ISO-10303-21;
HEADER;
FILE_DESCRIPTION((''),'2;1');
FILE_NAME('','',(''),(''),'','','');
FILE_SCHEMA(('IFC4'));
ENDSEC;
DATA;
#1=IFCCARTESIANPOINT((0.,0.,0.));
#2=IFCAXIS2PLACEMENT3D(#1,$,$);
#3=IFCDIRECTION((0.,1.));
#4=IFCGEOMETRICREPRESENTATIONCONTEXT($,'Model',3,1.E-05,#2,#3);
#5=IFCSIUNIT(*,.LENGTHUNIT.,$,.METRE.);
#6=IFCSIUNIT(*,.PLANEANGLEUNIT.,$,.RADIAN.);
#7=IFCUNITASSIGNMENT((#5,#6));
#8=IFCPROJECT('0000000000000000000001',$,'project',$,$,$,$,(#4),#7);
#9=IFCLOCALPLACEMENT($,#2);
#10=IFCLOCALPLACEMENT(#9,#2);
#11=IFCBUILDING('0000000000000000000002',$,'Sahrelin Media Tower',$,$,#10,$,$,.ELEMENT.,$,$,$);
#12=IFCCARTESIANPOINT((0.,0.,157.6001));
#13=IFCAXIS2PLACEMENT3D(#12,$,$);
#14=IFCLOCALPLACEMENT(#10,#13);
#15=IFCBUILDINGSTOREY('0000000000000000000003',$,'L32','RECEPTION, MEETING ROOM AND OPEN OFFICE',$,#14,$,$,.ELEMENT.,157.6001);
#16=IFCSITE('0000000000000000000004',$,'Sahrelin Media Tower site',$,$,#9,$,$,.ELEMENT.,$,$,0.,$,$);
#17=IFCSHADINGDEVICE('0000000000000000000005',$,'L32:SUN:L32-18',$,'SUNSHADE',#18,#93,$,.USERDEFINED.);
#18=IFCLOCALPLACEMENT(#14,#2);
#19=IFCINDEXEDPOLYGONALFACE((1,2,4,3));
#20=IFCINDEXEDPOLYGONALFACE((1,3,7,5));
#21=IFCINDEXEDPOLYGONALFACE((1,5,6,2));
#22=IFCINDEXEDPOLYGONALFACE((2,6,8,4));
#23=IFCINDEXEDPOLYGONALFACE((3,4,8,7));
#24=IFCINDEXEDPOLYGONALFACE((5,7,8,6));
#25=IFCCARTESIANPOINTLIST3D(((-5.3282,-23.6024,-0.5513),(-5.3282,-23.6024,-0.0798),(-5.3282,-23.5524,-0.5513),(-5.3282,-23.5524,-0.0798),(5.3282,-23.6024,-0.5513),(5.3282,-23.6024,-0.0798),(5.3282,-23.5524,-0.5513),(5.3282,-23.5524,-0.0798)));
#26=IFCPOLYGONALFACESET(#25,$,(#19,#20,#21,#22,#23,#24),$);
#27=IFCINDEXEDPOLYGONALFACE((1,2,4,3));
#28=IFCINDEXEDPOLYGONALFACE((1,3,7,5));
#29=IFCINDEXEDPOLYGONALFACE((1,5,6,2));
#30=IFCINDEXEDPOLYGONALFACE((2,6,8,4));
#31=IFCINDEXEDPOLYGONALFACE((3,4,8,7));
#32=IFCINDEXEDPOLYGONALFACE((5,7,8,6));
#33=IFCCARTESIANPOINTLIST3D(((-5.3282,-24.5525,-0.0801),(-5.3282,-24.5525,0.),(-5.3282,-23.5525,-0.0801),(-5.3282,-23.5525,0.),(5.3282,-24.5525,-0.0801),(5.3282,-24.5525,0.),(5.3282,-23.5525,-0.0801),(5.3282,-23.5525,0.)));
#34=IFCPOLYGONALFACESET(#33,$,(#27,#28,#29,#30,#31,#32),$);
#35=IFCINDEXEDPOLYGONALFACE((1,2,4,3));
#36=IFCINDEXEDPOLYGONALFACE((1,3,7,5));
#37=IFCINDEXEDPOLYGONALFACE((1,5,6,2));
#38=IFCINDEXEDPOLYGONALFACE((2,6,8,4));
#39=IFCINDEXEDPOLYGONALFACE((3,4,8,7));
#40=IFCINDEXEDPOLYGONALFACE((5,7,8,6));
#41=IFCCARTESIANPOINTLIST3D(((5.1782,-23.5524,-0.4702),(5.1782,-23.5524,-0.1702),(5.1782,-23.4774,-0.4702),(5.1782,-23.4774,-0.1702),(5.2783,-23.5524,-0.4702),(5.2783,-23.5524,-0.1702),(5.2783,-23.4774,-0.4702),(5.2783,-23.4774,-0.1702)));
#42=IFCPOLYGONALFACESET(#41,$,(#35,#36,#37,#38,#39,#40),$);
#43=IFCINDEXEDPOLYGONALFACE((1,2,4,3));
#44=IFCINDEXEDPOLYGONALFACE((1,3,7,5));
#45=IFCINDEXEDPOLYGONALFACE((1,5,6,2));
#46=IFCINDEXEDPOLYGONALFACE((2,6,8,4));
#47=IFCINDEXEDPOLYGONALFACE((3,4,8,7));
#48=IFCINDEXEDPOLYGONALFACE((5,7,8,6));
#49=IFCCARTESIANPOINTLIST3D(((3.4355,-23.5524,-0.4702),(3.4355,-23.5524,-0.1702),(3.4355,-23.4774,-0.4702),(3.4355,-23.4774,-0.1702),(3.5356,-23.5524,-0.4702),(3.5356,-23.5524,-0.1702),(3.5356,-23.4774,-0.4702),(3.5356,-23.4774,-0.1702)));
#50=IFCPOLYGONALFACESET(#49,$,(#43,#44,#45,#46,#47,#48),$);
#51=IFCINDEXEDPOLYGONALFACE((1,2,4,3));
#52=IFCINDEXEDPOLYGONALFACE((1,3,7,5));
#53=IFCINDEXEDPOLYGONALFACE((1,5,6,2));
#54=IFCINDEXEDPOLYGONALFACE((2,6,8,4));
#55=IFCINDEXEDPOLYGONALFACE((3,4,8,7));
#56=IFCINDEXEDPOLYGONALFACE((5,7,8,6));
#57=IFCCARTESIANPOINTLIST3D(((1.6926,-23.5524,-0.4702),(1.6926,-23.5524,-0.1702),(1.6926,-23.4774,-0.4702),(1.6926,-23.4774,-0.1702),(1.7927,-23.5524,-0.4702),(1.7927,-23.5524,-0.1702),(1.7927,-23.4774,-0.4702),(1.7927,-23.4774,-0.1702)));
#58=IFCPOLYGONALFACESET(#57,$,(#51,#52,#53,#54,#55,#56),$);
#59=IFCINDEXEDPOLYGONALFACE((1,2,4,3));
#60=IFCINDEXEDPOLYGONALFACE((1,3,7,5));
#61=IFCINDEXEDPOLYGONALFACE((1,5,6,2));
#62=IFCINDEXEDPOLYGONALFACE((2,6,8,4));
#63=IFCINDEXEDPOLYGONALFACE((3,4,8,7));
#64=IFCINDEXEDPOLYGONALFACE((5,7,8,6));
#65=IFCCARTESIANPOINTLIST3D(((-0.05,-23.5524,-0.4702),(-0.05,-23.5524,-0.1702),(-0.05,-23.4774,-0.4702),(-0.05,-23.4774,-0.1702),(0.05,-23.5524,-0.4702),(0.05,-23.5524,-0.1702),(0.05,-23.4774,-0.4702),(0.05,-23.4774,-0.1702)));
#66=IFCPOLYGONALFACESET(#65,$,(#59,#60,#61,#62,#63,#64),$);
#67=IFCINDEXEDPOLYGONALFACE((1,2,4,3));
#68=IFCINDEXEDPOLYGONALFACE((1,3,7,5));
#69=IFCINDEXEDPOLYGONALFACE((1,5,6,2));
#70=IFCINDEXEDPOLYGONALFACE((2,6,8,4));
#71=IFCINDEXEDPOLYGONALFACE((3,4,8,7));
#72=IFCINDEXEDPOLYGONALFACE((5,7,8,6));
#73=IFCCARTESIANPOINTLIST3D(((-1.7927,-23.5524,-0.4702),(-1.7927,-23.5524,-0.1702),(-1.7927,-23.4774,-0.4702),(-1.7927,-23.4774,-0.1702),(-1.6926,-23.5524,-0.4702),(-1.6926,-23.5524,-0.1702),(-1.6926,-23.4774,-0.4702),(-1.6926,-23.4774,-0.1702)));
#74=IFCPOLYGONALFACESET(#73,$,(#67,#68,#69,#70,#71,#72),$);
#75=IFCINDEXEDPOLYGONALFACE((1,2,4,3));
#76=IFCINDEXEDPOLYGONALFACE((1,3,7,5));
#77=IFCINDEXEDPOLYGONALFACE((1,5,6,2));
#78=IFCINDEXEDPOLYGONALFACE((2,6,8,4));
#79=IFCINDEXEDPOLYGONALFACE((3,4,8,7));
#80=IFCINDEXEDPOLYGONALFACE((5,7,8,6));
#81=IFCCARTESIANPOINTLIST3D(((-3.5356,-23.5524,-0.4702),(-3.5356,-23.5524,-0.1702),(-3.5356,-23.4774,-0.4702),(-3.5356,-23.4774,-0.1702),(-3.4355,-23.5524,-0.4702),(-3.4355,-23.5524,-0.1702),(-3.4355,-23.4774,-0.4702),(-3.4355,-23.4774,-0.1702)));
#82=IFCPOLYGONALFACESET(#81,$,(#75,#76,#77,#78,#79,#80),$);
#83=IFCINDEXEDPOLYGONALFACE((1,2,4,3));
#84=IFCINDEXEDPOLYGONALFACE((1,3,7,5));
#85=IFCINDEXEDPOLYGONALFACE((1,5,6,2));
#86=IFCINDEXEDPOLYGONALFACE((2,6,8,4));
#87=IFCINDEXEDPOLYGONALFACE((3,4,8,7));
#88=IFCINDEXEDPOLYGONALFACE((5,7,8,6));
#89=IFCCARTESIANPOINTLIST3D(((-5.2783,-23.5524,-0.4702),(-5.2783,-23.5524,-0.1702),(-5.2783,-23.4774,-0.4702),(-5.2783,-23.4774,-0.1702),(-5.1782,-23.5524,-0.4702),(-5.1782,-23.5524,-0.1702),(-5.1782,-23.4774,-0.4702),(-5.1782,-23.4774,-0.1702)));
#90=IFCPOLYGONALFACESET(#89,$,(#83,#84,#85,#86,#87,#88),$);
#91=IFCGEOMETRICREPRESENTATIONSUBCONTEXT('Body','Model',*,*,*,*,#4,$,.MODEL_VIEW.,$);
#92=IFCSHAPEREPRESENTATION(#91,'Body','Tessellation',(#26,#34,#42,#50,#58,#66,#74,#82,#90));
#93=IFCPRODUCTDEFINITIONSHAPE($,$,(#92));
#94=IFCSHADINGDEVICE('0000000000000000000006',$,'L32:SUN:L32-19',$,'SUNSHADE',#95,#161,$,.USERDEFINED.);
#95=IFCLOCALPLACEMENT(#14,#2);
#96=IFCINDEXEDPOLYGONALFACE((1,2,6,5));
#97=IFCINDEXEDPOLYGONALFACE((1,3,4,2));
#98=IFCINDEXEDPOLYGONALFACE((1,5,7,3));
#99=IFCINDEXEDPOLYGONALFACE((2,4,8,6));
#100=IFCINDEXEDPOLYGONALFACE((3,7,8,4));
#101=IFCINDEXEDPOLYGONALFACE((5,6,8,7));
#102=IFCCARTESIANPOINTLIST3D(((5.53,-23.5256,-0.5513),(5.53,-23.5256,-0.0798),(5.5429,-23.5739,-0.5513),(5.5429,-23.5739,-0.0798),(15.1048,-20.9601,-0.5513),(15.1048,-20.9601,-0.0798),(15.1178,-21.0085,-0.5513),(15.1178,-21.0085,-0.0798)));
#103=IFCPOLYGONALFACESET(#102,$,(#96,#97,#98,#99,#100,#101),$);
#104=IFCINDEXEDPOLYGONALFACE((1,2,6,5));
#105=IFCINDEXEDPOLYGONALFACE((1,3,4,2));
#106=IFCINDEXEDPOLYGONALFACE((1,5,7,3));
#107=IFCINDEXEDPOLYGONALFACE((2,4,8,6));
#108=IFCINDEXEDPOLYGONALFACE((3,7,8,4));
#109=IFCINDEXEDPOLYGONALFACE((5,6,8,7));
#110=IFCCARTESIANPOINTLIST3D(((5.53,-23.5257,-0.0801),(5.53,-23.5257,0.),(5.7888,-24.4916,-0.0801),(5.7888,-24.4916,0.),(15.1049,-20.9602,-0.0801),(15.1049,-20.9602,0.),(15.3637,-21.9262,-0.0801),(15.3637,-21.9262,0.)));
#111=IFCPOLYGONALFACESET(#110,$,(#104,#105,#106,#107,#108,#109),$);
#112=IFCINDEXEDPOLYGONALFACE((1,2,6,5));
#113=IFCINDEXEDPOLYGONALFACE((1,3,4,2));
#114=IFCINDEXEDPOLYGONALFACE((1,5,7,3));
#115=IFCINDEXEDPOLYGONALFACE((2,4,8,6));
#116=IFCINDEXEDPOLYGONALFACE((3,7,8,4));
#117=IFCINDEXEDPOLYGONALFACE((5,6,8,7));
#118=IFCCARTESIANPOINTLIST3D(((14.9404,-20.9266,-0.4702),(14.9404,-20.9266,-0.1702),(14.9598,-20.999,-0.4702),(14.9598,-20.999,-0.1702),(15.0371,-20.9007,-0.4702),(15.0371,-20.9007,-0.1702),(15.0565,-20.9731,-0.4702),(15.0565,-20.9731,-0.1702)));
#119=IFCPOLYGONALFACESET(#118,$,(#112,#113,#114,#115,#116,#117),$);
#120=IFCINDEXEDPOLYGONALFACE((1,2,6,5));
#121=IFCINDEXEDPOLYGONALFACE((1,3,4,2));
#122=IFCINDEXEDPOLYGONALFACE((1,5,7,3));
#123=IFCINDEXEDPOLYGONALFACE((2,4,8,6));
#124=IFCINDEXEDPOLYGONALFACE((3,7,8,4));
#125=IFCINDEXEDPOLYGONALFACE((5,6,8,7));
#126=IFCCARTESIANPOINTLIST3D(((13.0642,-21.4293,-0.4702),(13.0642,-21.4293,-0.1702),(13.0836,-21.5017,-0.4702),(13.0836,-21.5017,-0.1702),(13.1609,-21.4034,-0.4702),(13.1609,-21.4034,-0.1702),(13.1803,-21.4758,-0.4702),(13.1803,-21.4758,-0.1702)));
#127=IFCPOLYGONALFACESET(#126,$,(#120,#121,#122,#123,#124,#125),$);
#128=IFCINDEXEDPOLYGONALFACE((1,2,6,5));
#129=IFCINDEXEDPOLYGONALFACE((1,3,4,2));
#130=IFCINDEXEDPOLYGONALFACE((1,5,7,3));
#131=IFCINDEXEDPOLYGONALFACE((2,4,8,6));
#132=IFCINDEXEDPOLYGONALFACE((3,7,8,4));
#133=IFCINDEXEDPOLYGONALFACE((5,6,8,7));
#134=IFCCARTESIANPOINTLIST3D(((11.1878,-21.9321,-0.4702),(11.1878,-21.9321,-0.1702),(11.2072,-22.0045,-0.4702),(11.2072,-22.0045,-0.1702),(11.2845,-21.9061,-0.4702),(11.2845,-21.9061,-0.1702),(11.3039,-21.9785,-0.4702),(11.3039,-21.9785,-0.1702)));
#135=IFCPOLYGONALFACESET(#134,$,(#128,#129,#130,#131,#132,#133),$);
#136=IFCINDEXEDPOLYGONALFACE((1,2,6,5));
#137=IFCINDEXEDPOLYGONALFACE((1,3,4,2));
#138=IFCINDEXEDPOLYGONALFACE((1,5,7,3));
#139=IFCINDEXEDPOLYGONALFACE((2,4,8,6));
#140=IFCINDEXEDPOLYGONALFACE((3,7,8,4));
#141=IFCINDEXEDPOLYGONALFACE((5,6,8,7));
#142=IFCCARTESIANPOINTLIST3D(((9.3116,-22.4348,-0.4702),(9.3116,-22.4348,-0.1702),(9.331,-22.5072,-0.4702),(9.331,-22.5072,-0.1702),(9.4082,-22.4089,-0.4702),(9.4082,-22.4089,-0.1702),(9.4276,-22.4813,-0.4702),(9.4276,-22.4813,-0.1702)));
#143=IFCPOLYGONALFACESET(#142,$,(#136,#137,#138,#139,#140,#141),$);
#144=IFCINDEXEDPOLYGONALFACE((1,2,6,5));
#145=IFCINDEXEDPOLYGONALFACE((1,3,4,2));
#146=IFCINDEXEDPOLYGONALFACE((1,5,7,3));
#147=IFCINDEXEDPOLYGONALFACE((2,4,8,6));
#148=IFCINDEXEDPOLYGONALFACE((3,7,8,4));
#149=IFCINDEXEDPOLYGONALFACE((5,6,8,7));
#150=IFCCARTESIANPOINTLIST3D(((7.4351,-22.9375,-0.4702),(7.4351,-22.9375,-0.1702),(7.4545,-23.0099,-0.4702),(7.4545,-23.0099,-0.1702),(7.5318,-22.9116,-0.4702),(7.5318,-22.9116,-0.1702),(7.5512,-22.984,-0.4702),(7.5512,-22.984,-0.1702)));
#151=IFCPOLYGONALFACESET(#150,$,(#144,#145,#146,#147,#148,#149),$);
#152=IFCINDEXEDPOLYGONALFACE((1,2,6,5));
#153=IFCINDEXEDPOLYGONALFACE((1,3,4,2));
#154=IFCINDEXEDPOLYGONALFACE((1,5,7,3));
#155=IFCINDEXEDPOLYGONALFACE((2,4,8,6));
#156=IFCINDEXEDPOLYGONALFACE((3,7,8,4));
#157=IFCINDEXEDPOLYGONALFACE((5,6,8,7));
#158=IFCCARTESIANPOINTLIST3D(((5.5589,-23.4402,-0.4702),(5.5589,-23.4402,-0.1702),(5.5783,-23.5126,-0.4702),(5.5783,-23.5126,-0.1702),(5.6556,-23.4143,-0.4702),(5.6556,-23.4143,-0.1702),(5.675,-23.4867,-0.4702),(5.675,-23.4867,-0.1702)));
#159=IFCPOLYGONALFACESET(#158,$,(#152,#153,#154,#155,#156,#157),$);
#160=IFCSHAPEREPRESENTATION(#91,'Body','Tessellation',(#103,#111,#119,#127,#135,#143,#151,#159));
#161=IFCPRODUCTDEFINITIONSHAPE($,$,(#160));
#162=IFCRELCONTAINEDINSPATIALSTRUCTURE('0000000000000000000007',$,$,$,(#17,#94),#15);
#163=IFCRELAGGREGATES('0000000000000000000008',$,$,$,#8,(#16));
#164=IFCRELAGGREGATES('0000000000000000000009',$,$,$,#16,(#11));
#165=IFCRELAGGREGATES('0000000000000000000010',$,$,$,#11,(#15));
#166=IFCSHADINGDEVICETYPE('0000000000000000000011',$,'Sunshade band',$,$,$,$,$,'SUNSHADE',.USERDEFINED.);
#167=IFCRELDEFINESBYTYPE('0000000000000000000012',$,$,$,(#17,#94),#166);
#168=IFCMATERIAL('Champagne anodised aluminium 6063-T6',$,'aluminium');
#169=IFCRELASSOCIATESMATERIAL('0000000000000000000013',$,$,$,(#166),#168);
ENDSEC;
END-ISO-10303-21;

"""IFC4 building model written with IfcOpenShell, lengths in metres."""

from ifc_helpers import new_model, si_unit, direction, frame, origin, origin_2d, place, context, subcontext, project, spatial, rectangle, extrude, material, type_object, element, save


model = new_model("IFC4")

# Units and contexts
model_context = context("Model", 3, precision=1e-05, world=origin(), true_north=direction((0.0, 1.0)))
body_context = subcontext(model_context, "Body", "Model", "MODEL_VIEW")
ifc_project = project(units=[si_unit("LENGTHUNIT", "METRE"), si_unit("PLANEANGLEUNIT", "RADIAN")], contexts=[model_context])

# Site, building, storey
site_placement = place(None, origin())
site = spatial("IfcSite", under=ifc_project, at=site_placement, Name="Sahrelin Media Tower site", CompositionType="ELEMENT", RefElevation=0.0)
building_placement = place(site_placement, origin())
building = spatial("IfcBuilding", under=site, at=building_placement, Name="Sahrelin Media Tower", CompositionType="ELEMENT")
storey_placement = place(building_placement, frame((0.0, 0.0, 157.6001)))
storey = spatial("IfcBuildingStorey", under=building, at=storey_placement, Name="L32", Description="RECEPTION, MEETING ROOM AND OPEN OFFICE", CompositionType="ELEMENT", Elevation=157.6001)

# Shared definitions
ifc_material_1 = material(Name="Champagne anodised aluminium 6063-T6", Category="aluminium")

# Shading devices
placement_1 = place(storey_placement, frame((0.0, -23.5325, 0.0), z_axis=(0.0, 0.0, 1.0), x_axis=(-1.0, 0.0, 0.0)))
placement_2 = place(storey_placement, frame((10.3123, -22.2236, 0.0), z_axis=(0.0, 0.0, 1.0), x_axis=(-0.965929, -0.258808, 0.0)))
shading_device_type_1 = type_object("IfcShadingDeviceType", Name="Sunshade band", ElementType="SUNSHADE", PredefinedType="USERDEFINED", material=ifc_material_1)
element("IfcShadingDevice", 1, at=placement_1, inside=storey, type_object=shading_device_type_1, Name="L32:SUN:L32-18", ObjectType="SUNSHADE", PredefinedType="USERDEFINED", context=body_context, shape_type="SweptSolid", body=[
    extrude(rectangle(XDim=10.6565, YDim=0.05, at=origin_2d()), frame((0.0, 0.0449, -0.5513)), (0.0, 0.0, 1.0), 0.4714),
    extrude(rectangle(XDim=10.6565, YDim=1.0, at=origin_2d()), frame((0.0, 0.52, -0.0801)), (0.0, 0.0, 1.0), 0.0801),
    extrude(rectangle(XDim=0.1001, YDim=0.075, at=origin_2d()), frame((-5.2283, -0.0176, -0.4702)), (0.0, 0.0, 1.0), 0.3),
    extrude(rectangle(XDim=0.1001, YDim=0.075, at=origin_2d()), frame((-3.4856, -0.0176, -0.4702)), (0.0, 0.0, 1.0), 0.3),
    extrude(rectangle(XDim=0.1001, YDim=0.075, at=origin_2d()), frame((-1.7427, -0.0176, -0.4702)), (0.0, 0.0, 1.0), 0.3),
    extrude(rectangle(XDim=0.1001, YDim=0.075, at=origin_2d()), frame((0.0, -0.0176, -0.4702)), (0.0, 0.0, 1.0), 0.3),
    extrude(rectangle(XDim=0.1001, YDim=0.075, at=origin_2d()), frame((1.7427, -0.0176, -0.4702)), (0.0, 0.0, 1.0), 0.3),
    extrude(rectangle(XDim=0.1001, YDim=0.075, at=origin_2d()), frame((3.4856, -0.0176, -0.4702)), (0.0, 0.0, 1.0), 0.3),
    extrude(rectangle(XDim=0.1001, YDim=0.075, at=origin_2d()), frame((5.2283, -0.0176, -0.4702)), (0.0, 0.0, 1.0), 0.3),
])
element("IfcShadingDevice", 2, at=placement_2, inside=storey, type_object=shading_device_type_1, Name="L32:SUN:L32-19", ObjectType="SUNSHADE", PredefinedType="USERDEFINED", context=body_context, shape_type="SweptSolid", body=[
    extrude(rectangle(XDim=9.9126, YDim=0.05, at=origin_2d()), frame((0.0, 0.0449, -0.5513)), (0.0, 0.0, 1.0), 0.4714),
    extrude(rectangle(XDim=9.9126, YDim=1.0, at=origin_2d()), frame((0.0, 0.52, -0.0801)), (0.0, 0.0, 1.0), 0.0801),
    extrude(rectangle(XDim=0.1001, YDim=0.075, at=origin_2d()), frame((-4.8562, -0.0176, -0.4702)), (0.0, 0.0, 1.0), 0.3),
    extrude(rectangle(XDim=0.1001, YDim=0.075, at=origin_2d()), frame((-2.9138, -0.0176, -0.4702)), (0.0, 0.0, 1.0), 0.3),
    extrude(rectangle(XDim=0.1001, YDim=0.075, at=origin_2d()), frame((-0.9712, -0.0176, -0.4702)), (0.0, 0.0, 1.0), 0.3),
    extrude(rectangle(XDim=0.1001, YDim=0.075, at=origin_2d()), frame((0.9712, -0.0176, -0.4702)), (0.0, 0.0, 1.0), 0.3),
    extrude(rectangle(XDim=0.1001, YDim=0.075, at=origin_2d()), frame((2.9138, -0.0176, -0.4702)), (0.0, 0.0, 1.0), 0.3),
    extrude(rectangle(XDim=0.1001, YDim=0.075, at=origin_2d()), frame((4.8562, -0.0176, -0.4702)), (0.0, 0.0, 1.0), 0.3),
])

save(model, "model.ifc")
